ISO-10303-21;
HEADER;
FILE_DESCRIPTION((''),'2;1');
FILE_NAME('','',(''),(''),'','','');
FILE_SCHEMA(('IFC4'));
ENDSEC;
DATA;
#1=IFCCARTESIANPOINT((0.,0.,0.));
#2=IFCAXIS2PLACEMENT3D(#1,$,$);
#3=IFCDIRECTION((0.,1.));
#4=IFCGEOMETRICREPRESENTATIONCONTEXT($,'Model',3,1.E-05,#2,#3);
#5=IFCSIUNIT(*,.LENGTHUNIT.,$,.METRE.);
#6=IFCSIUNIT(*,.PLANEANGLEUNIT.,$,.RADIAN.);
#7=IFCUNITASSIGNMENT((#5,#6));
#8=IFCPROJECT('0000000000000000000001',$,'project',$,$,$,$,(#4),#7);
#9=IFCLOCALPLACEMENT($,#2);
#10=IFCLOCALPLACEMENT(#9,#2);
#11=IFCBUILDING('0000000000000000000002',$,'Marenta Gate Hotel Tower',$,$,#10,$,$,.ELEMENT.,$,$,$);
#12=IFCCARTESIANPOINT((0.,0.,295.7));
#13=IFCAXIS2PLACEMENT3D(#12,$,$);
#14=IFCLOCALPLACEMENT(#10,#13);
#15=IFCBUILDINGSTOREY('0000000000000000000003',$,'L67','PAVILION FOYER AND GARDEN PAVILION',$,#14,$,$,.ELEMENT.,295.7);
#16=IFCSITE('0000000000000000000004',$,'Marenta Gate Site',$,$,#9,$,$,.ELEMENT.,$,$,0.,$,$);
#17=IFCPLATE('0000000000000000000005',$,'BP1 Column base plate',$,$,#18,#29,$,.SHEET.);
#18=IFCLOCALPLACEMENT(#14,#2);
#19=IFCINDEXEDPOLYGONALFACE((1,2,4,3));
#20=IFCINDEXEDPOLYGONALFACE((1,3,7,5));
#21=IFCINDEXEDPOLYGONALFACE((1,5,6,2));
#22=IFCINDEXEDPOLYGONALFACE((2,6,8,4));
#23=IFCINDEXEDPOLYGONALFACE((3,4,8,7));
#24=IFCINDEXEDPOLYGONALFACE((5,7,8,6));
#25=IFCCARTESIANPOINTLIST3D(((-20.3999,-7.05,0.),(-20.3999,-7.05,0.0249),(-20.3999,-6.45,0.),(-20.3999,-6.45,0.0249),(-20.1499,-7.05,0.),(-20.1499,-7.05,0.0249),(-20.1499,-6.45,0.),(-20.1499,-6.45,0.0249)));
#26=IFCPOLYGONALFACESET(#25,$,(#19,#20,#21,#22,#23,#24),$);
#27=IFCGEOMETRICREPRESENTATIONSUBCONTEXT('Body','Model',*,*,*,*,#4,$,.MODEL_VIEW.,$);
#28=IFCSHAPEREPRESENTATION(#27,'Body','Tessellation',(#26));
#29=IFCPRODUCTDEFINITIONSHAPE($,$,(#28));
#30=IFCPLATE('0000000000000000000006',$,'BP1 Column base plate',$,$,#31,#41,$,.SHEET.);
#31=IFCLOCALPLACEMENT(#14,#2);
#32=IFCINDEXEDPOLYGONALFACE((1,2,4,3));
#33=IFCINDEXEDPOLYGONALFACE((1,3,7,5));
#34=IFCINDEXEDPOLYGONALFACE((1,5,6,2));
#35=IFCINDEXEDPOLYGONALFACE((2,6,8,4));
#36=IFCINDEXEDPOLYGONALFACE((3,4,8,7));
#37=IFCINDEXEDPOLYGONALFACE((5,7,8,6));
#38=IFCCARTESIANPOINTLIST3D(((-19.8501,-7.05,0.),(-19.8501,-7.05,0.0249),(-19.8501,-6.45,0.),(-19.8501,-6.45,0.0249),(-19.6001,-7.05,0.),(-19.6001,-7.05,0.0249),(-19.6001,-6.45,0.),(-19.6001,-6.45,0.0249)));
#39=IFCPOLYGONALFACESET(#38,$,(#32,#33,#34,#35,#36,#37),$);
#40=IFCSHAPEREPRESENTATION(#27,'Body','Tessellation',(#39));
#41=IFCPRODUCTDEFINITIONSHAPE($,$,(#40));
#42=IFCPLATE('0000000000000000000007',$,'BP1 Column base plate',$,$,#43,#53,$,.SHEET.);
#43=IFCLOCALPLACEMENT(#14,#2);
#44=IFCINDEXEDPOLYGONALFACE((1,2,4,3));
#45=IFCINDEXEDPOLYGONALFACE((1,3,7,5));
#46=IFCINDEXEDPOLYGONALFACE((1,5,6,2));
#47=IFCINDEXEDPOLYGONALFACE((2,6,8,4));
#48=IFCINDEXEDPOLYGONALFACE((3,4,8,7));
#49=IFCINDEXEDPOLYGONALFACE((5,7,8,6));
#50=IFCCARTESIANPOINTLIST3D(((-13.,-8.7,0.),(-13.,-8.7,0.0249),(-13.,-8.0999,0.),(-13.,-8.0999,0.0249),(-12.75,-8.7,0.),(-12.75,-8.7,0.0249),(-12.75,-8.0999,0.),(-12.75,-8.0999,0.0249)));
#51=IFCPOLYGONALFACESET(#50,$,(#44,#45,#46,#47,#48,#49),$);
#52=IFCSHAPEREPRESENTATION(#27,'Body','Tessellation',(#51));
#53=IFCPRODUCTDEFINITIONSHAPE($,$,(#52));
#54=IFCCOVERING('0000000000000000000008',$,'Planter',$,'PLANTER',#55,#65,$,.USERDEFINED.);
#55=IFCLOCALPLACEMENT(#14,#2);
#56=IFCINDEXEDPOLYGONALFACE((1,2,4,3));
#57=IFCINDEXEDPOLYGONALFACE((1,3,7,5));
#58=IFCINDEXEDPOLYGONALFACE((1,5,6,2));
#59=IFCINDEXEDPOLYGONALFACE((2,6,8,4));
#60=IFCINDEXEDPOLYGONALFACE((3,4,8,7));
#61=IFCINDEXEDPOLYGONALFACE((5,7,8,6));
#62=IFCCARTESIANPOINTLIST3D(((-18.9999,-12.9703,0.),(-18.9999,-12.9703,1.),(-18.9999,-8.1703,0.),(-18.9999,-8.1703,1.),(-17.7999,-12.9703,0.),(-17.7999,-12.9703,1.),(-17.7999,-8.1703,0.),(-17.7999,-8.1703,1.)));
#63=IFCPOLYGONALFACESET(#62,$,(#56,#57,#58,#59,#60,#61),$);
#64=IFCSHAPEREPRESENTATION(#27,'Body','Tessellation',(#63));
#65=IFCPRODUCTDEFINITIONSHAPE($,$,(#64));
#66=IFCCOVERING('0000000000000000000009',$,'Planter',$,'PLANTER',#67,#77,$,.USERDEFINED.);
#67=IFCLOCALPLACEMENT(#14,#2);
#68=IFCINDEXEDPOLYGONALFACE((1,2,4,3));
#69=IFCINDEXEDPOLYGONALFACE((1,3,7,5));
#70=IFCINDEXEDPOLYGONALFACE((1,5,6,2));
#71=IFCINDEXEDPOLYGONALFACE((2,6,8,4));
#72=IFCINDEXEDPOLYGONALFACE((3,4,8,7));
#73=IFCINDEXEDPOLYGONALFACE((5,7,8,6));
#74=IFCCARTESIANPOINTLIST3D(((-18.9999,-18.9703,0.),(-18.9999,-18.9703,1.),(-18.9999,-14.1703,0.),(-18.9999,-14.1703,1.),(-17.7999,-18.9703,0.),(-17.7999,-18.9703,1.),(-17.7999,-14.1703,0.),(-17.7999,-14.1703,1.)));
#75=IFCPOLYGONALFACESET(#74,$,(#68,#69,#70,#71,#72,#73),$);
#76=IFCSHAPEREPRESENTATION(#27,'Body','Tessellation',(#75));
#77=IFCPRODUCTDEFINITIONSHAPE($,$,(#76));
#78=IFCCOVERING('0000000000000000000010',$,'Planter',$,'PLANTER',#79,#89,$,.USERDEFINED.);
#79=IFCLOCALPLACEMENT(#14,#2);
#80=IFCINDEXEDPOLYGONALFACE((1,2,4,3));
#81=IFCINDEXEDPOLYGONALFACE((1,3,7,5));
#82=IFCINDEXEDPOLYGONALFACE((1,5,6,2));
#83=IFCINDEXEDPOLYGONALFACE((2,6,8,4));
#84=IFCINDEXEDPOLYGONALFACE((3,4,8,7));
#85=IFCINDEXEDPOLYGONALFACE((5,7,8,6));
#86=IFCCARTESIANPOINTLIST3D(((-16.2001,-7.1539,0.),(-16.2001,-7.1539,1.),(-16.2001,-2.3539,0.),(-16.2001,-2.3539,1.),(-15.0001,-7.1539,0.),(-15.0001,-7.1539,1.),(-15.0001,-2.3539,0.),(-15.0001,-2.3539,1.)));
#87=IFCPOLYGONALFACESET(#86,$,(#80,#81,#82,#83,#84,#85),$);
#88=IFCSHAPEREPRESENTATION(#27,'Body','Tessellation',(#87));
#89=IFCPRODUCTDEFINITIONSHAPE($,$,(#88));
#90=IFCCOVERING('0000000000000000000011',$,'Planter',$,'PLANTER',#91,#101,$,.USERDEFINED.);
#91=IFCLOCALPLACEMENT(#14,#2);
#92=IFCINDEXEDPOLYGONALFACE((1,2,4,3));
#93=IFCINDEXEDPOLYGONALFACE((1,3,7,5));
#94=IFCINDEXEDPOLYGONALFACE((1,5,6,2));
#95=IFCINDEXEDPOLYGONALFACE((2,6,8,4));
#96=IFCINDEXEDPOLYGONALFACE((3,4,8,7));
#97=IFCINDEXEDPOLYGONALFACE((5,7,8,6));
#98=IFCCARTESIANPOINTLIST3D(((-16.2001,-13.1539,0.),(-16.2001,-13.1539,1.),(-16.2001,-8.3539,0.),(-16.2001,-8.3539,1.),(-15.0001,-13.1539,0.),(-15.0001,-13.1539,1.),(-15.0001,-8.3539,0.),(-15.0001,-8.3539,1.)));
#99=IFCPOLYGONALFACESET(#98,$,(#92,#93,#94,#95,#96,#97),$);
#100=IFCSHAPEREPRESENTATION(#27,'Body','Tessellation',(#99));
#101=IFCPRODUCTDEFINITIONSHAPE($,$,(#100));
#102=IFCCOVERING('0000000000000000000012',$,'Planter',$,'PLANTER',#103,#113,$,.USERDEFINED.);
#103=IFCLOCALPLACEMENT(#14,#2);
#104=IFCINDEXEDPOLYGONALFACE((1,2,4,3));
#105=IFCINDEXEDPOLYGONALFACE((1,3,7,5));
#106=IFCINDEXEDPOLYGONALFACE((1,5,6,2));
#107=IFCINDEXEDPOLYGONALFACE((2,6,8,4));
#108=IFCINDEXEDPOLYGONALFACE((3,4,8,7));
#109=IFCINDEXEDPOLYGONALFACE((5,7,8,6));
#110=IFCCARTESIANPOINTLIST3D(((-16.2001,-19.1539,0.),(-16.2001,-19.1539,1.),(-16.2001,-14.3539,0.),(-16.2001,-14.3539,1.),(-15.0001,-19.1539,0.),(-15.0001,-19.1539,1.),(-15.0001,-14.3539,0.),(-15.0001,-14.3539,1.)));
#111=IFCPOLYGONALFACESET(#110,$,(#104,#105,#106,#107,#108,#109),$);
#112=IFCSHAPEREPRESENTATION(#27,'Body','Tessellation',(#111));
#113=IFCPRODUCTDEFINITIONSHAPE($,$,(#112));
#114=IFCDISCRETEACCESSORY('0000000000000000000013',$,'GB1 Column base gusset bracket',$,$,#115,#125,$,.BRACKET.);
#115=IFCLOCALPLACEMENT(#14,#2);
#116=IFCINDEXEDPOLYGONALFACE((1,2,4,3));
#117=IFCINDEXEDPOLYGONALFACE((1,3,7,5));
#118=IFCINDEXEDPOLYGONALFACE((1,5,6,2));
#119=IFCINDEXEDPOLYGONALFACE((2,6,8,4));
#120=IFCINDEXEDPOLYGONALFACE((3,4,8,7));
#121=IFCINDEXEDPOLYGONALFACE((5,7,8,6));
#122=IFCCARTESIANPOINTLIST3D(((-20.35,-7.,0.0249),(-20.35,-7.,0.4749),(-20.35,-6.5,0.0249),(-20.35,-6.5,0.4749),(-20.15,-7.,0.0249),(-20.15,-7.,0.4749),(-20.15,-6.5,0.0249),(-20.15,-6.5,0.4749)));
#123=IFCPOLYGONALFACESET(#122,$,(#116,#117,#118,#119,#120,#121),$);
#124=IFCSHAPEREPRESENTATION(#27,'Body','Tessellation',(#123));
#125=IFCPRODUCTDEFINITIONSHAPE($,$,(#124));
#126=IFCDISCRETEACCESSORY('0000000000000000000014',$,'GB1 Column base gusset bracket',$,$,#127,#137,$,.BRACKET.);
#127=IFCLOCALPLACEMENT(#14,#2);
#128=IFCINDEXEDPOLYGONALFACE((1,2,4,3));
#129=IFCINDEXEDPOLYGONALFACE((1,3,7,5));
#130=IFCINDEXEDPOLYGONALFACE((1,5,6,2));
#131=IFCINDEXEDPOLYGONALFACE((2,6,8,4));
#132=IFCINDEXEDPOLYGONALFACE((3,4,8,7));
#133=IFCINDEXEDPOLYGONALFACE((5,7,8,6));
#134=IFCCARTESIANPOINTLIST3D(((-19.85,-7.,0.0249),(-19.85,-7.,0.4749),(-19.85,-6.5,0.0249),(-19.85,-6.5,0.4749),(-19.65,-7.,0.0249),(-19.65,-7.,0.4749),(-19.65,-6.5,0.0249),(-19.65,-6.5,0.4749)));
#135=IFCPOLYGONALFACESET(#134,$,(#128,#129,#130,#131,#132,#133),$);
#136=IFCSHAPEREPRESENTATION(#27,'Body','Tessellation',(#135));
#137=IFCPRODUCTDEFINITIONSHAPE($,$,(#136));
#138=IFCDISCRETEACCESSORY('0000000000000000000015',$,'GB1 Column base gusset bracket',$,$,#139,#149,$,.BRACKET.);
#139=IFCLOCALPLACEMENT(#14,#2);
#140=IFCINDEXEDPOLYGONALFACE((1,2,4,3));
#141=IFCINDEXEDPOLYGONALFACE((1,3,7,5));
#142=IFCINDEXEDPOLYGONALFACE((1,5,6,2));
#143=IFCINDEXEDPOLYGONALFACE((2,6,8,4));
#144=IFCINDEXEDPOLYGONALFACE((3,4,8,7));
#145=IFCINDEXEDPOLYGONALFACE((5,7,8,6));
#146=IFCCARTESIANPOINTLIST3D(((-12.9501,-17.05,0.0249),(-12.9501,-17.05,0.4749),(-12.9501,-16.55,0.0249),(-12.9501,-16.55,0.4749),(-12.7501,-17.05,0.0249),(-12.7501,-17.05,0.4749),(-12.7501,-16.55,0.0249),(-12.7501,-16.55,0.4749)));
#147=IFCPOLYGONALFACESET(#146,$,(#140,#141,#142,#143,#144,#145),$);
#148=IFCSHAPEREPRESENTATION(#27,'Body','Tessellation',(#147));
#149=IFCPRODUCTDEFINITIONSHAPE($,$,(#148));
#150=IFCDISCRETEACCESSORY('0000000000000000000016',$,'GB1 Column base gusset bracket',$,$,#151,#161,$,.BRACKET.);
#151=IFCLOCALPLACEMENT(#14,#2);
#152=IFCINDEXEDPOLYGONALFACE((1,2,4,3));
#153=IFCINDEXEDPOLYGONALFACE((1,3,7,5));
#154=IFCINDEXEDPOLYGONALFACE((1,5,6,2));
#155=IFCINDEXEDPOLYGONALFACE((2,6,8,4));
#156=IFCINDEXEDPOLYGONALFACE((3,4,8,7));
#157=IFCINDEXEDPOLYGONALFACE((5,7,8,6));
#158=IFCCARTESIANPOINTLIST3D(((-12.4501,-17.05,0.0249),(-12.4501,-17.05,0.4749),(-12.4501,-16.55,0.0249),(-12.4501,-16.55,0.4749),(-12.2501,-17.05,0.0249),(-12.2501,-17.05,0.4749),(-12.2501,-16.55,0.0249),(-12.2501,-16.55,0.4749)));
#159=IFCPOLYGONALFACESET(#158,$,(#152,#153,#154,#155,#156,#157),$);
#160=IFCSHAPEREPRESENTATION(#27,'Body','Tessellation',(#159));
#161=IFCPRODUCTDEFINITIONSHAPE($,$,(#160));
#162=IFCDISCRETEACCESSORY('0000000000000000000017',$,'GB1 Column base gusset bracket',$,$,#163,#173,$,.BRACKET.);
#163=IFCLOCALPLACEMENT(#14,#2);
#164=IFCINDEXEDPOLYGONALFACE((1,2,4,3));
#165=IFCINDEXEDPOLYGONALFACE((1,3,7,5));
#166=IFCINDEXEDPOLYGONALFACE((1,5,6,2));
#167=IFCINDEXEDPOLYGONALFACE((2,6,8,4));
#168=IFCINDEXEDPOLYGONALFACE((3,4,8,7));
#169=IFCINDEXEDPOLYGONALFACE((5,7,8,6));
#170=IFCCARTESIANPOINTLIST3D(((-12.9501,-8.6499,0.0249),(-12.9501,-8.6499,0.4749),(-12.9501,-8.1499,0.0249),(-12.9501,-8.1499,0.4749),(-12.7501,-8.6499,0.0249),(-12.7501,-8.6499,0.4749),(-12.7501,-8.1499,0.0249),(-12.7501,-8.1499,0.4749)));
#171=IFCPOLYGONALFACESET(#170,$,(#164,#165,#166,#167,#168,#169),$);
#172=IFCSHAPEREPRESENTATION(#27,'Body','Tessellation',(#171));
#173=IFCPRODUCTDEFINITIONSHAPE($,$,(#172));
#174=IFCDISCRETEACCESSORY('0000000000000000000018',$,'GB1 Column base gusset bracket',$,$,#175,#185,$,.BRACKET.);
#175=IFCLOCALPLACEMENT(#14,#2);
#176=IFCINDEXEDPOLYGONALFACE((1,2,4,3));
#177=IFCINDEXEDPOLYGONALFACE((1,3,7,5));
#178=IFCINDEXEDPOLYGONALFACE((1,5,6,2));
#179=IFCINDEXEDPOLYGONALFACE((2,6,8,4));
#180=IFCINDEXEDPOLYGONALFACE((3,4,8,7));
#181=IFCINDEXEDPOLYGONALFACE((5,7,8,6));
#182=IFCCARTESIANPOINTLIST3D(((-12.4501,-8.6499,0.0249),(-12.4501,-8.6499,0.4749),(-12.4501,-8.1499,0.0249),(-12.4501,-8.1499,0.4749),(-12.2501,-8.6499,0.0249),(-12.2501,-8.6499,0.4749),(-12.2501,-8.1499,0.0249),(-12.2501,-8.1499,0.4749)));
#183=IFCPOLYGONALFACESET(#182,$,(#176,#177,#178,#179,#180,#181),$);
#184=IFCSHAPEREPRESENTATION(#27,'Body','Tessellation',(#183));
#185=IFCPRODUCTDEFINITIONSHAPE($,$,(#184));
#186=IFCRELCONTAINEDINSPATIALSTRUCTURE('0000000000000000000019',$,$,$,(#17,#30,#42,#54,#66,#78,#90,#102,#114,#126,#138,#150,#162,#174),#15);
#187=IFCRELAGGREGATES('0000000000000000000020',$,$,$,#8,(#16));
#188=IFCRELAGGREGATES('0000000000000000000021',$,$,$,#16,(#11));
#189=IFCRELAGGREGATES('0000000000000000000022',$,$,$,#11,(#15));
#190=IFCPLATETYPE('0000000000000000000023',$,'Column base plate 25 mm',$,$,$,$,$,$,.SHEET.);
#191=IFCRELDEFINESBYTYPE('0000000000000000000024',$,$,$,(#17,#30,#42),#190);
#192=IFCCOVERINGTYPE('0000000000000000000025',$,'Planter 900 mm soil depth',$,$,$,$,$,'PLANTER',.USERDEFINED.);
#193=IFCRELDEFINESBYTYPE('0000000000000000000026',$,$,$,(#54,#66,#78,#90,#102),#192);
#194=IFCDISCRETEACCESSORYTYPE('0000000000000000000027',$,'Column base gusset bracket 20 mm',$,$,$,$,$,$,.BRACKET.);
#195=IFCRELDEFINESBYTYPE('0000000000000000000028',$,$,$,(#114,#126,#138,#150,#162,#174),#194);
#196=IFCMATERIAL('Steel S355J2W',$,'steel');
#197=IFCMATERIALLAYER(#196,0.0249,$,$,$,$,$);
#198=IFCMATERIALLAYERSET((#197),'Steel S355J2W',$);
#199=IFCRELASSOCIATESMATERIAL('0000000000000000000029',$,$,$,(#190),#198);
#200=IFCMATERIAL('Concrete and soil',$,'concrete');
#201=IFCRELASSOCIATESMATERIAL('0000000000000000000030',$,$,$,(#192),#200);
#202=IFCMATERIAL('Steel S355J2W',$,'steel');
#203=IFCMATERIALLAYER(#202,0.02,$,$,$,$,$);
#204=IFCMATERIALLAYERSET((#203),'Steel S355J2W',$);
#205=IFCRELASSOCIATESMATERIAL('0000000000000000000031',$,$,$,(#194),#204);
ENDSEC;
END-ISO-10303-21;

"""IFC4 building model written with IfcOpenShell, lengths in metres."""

from ifc_helpers import new_model, si_unit, direction, frame, origin, origin_2d, place, context, subcontext, project, spatial, rectangle, extrude, material, layer, layer_set, type_object, element, save


model = new_model("IFC4")

# Units and contexts
model_context = context("Model", 3, precision=1e-05, world=origin(), true_north=direction((0.0, 1.0)))
body_context = subcontext(model_context, "Body", "Model", "MODEL_VIEW")
ifc_project = project(units=[si_unit("LENGTHUNIT", "METRE"), si_unit("PLANEANGLEUNIT", "RADIAN")], contexts=[model_context])

# Site, building, storey
site_placement = place(None, origin())
site = spatial("IfcSite", under=ifc_project, at=site_placement, Name="Marenta Gate Site", CompositionType="ELEMENT", RefElevation=0.0)
building_placement = place(site_placement, origin())
building = spatial("IfcBuilding", under=site, at=building_placement, Name="Marenta Gate Hotel Tower", CompositionType="ELEMENT")
storey_placement = place(building_placement, frame((0.0, 0.0, 295.7)))
storey = spatial("IfcBuildingStorey", under=building, at=storey_placement, Name="L67", Description="PAVILION FOYER AND GARDEN PAVILION", CompositionType="ELEMENT", Elevation=295.7)

# Plates
ifc_material_1 = material(Name="Steel S355J2W", Category="steel")
ifc_layer_1 = layer(ifc_material_1, 0.0249)
ifc_layer_set_1 = layer_set([ifc_layer_1], Name="Steel S355J2W")
plate_type = type_object("IfcPlateType", Name="Column base plate 25 mm", PredefinedType="SHEET", material=ifc_layer_set_1)
for number, where, z_axis, x_axis, name in (
    (1, (-20.2749, -6.75, 0.0), (0.0, 0.0, 1.0), (1.0, 0.0, 0.0), "BP1 Column base plate"),
    (2, (-19.7251, -6.75, 0.0), (0.0, 0.0, 1.0), (1.0, 0.0, 0.0), "BP1 Column base plate"),
    (3, (-12.875, -8.3999, 0.0), (0.0, 0.0, 1.0), (1.0, 0.0, 0.0), "BP1 Column base plate"),
):
    element("IfcPlate", number, at=place(storey_placement, frame(where, z_axis=z_axis, x_axis=x_axis)), inside=storey, type_object=plate_type, Name=name, PredefinedType="SHEET", context=body_context, shape_type="SweptSolid", body=[
        extrude(rectangle(XDim=0.25, YDim=0.6001, at=origin_2d()), origin(), (0.0, 0.0, 1.0), 0.0249),
    ])

# Coverings
ifc_material_2 = material(Name="Concrete and soil", Category="concrete")
covering_type = type_object("IfcCoveringType", Name="Planter 900 mm soil depth", ElementType="PLANTER", PredefinedType="USERDEFINED", material=ifc_material_2)
for number, where, z_axis, x_axis, name in (
    (4, (-18.3999, -10.5703, 0.0), (0.0, 0.0, 1.0), (0.0, -1.0, 0.0), "Planter"),
    (5, (-18.3999, -16.5703, 0.0), (0.0, 0.0, 1.0), (0.0, -1.0, 0.0), "Planter"),
    (6, (-15.6001, -4.7539, 0.0), (0.0, 0.0, 1.0), (0.0, -1.0, 0.0), "Planter"),
    (7, (-15.6001, -10.7539, 0.0), (0.0, 0.0, 1.0), (0.0, -1.0, 0.0), "Planter"),
    (8, (-15.6001, -16.7539, 0.0), (0.0, 0.0, 1.0), (0.0, -1.0, 0.0), "Planter"),
):
    element("IfcCovering", number, at=place(storey_placement, frame(where, z_axis=z_axis, x_axis=x_axis)), inside=storey, type_object=covering_type, Name=name, ObjectType="PLANTER", PredefinedType="USERDEFINED", context=body_context, shape_type="SweptSolid", body=[
        extrude(rectangle(XDim=4.8, YDim=1.2, at=origin_2d()), origin(), (0.0, 0.0, 1.0), 1.0),
    ])

# Discrete accessories
ifc_material_3 = material(Name="Steel S355J2W", Category="steel")
ifc_layer_2 = layer(ifc_material_3, 0.02)
ifc_layer_set_2 = layer_set([ifc_layer_2], Name="Steel S355J2W")
discrete_accessory_type = type_object("IfcDiscreteAccessoryType", Name="Column base gusset bracket 20 mm", PredefinedType="BRACKET", material=ifc_layer_set_2)
for number, where, z_axis, x_axis, name in (
    (9, (-20.25, -6.75, 0.0249), (0.0, 0.0, 1.0), (1.0, 0.0, 0.0), "GB1 Column base gusset bracket"),
    (10, (-19.75, -6.75, 0.0249), (0.0, 0.0, 1.0), (1.0, 0.0, 0.0), "GB1 Column base gusset bracket"),
    (11, (-12.8501, -16.8, 0.0249), (0.0, 0.0, 1.0), (1.0, 0.0, 0.0), "GB1 Column base gusset bracket"),
    (12, (-12.3501, -16.8, 0.0249), (0.0, 0.0, 1.0), (1.0, 0.0, 0.0), "GB1 Column base gusset bracket"),
    (13, (-12.8501, -8.3999, 0.0249), (0.0, 0.0, 1.0), (1.0, 0.0, 0.0), "GB1 Column base gusset bracket"),
    (14, (-12.3501, -8.3999, 0.0249), (0.0, 0.0, 1.0), (1.0, 0.0, 0.0), "GB1 Column base gusset bracket"),
):
    element("IfcDiscreteAccessory", number, at=place(storey_placement, frame(where, z_axis=z_axis, x_axis=x_axis)), inside=storey, type_object=discrete_accessory_type, Name=name, PredefinedType="BRACKET", context=body_context, shape_type="SweptSolid", body=[
        extrude(rectangle(XDim=0.2, YDim=0.5, at=origin_2d()), origin(), (0.0, 0.0, 1.0), 0.45),
    ])

save(model, "model.ifc")
